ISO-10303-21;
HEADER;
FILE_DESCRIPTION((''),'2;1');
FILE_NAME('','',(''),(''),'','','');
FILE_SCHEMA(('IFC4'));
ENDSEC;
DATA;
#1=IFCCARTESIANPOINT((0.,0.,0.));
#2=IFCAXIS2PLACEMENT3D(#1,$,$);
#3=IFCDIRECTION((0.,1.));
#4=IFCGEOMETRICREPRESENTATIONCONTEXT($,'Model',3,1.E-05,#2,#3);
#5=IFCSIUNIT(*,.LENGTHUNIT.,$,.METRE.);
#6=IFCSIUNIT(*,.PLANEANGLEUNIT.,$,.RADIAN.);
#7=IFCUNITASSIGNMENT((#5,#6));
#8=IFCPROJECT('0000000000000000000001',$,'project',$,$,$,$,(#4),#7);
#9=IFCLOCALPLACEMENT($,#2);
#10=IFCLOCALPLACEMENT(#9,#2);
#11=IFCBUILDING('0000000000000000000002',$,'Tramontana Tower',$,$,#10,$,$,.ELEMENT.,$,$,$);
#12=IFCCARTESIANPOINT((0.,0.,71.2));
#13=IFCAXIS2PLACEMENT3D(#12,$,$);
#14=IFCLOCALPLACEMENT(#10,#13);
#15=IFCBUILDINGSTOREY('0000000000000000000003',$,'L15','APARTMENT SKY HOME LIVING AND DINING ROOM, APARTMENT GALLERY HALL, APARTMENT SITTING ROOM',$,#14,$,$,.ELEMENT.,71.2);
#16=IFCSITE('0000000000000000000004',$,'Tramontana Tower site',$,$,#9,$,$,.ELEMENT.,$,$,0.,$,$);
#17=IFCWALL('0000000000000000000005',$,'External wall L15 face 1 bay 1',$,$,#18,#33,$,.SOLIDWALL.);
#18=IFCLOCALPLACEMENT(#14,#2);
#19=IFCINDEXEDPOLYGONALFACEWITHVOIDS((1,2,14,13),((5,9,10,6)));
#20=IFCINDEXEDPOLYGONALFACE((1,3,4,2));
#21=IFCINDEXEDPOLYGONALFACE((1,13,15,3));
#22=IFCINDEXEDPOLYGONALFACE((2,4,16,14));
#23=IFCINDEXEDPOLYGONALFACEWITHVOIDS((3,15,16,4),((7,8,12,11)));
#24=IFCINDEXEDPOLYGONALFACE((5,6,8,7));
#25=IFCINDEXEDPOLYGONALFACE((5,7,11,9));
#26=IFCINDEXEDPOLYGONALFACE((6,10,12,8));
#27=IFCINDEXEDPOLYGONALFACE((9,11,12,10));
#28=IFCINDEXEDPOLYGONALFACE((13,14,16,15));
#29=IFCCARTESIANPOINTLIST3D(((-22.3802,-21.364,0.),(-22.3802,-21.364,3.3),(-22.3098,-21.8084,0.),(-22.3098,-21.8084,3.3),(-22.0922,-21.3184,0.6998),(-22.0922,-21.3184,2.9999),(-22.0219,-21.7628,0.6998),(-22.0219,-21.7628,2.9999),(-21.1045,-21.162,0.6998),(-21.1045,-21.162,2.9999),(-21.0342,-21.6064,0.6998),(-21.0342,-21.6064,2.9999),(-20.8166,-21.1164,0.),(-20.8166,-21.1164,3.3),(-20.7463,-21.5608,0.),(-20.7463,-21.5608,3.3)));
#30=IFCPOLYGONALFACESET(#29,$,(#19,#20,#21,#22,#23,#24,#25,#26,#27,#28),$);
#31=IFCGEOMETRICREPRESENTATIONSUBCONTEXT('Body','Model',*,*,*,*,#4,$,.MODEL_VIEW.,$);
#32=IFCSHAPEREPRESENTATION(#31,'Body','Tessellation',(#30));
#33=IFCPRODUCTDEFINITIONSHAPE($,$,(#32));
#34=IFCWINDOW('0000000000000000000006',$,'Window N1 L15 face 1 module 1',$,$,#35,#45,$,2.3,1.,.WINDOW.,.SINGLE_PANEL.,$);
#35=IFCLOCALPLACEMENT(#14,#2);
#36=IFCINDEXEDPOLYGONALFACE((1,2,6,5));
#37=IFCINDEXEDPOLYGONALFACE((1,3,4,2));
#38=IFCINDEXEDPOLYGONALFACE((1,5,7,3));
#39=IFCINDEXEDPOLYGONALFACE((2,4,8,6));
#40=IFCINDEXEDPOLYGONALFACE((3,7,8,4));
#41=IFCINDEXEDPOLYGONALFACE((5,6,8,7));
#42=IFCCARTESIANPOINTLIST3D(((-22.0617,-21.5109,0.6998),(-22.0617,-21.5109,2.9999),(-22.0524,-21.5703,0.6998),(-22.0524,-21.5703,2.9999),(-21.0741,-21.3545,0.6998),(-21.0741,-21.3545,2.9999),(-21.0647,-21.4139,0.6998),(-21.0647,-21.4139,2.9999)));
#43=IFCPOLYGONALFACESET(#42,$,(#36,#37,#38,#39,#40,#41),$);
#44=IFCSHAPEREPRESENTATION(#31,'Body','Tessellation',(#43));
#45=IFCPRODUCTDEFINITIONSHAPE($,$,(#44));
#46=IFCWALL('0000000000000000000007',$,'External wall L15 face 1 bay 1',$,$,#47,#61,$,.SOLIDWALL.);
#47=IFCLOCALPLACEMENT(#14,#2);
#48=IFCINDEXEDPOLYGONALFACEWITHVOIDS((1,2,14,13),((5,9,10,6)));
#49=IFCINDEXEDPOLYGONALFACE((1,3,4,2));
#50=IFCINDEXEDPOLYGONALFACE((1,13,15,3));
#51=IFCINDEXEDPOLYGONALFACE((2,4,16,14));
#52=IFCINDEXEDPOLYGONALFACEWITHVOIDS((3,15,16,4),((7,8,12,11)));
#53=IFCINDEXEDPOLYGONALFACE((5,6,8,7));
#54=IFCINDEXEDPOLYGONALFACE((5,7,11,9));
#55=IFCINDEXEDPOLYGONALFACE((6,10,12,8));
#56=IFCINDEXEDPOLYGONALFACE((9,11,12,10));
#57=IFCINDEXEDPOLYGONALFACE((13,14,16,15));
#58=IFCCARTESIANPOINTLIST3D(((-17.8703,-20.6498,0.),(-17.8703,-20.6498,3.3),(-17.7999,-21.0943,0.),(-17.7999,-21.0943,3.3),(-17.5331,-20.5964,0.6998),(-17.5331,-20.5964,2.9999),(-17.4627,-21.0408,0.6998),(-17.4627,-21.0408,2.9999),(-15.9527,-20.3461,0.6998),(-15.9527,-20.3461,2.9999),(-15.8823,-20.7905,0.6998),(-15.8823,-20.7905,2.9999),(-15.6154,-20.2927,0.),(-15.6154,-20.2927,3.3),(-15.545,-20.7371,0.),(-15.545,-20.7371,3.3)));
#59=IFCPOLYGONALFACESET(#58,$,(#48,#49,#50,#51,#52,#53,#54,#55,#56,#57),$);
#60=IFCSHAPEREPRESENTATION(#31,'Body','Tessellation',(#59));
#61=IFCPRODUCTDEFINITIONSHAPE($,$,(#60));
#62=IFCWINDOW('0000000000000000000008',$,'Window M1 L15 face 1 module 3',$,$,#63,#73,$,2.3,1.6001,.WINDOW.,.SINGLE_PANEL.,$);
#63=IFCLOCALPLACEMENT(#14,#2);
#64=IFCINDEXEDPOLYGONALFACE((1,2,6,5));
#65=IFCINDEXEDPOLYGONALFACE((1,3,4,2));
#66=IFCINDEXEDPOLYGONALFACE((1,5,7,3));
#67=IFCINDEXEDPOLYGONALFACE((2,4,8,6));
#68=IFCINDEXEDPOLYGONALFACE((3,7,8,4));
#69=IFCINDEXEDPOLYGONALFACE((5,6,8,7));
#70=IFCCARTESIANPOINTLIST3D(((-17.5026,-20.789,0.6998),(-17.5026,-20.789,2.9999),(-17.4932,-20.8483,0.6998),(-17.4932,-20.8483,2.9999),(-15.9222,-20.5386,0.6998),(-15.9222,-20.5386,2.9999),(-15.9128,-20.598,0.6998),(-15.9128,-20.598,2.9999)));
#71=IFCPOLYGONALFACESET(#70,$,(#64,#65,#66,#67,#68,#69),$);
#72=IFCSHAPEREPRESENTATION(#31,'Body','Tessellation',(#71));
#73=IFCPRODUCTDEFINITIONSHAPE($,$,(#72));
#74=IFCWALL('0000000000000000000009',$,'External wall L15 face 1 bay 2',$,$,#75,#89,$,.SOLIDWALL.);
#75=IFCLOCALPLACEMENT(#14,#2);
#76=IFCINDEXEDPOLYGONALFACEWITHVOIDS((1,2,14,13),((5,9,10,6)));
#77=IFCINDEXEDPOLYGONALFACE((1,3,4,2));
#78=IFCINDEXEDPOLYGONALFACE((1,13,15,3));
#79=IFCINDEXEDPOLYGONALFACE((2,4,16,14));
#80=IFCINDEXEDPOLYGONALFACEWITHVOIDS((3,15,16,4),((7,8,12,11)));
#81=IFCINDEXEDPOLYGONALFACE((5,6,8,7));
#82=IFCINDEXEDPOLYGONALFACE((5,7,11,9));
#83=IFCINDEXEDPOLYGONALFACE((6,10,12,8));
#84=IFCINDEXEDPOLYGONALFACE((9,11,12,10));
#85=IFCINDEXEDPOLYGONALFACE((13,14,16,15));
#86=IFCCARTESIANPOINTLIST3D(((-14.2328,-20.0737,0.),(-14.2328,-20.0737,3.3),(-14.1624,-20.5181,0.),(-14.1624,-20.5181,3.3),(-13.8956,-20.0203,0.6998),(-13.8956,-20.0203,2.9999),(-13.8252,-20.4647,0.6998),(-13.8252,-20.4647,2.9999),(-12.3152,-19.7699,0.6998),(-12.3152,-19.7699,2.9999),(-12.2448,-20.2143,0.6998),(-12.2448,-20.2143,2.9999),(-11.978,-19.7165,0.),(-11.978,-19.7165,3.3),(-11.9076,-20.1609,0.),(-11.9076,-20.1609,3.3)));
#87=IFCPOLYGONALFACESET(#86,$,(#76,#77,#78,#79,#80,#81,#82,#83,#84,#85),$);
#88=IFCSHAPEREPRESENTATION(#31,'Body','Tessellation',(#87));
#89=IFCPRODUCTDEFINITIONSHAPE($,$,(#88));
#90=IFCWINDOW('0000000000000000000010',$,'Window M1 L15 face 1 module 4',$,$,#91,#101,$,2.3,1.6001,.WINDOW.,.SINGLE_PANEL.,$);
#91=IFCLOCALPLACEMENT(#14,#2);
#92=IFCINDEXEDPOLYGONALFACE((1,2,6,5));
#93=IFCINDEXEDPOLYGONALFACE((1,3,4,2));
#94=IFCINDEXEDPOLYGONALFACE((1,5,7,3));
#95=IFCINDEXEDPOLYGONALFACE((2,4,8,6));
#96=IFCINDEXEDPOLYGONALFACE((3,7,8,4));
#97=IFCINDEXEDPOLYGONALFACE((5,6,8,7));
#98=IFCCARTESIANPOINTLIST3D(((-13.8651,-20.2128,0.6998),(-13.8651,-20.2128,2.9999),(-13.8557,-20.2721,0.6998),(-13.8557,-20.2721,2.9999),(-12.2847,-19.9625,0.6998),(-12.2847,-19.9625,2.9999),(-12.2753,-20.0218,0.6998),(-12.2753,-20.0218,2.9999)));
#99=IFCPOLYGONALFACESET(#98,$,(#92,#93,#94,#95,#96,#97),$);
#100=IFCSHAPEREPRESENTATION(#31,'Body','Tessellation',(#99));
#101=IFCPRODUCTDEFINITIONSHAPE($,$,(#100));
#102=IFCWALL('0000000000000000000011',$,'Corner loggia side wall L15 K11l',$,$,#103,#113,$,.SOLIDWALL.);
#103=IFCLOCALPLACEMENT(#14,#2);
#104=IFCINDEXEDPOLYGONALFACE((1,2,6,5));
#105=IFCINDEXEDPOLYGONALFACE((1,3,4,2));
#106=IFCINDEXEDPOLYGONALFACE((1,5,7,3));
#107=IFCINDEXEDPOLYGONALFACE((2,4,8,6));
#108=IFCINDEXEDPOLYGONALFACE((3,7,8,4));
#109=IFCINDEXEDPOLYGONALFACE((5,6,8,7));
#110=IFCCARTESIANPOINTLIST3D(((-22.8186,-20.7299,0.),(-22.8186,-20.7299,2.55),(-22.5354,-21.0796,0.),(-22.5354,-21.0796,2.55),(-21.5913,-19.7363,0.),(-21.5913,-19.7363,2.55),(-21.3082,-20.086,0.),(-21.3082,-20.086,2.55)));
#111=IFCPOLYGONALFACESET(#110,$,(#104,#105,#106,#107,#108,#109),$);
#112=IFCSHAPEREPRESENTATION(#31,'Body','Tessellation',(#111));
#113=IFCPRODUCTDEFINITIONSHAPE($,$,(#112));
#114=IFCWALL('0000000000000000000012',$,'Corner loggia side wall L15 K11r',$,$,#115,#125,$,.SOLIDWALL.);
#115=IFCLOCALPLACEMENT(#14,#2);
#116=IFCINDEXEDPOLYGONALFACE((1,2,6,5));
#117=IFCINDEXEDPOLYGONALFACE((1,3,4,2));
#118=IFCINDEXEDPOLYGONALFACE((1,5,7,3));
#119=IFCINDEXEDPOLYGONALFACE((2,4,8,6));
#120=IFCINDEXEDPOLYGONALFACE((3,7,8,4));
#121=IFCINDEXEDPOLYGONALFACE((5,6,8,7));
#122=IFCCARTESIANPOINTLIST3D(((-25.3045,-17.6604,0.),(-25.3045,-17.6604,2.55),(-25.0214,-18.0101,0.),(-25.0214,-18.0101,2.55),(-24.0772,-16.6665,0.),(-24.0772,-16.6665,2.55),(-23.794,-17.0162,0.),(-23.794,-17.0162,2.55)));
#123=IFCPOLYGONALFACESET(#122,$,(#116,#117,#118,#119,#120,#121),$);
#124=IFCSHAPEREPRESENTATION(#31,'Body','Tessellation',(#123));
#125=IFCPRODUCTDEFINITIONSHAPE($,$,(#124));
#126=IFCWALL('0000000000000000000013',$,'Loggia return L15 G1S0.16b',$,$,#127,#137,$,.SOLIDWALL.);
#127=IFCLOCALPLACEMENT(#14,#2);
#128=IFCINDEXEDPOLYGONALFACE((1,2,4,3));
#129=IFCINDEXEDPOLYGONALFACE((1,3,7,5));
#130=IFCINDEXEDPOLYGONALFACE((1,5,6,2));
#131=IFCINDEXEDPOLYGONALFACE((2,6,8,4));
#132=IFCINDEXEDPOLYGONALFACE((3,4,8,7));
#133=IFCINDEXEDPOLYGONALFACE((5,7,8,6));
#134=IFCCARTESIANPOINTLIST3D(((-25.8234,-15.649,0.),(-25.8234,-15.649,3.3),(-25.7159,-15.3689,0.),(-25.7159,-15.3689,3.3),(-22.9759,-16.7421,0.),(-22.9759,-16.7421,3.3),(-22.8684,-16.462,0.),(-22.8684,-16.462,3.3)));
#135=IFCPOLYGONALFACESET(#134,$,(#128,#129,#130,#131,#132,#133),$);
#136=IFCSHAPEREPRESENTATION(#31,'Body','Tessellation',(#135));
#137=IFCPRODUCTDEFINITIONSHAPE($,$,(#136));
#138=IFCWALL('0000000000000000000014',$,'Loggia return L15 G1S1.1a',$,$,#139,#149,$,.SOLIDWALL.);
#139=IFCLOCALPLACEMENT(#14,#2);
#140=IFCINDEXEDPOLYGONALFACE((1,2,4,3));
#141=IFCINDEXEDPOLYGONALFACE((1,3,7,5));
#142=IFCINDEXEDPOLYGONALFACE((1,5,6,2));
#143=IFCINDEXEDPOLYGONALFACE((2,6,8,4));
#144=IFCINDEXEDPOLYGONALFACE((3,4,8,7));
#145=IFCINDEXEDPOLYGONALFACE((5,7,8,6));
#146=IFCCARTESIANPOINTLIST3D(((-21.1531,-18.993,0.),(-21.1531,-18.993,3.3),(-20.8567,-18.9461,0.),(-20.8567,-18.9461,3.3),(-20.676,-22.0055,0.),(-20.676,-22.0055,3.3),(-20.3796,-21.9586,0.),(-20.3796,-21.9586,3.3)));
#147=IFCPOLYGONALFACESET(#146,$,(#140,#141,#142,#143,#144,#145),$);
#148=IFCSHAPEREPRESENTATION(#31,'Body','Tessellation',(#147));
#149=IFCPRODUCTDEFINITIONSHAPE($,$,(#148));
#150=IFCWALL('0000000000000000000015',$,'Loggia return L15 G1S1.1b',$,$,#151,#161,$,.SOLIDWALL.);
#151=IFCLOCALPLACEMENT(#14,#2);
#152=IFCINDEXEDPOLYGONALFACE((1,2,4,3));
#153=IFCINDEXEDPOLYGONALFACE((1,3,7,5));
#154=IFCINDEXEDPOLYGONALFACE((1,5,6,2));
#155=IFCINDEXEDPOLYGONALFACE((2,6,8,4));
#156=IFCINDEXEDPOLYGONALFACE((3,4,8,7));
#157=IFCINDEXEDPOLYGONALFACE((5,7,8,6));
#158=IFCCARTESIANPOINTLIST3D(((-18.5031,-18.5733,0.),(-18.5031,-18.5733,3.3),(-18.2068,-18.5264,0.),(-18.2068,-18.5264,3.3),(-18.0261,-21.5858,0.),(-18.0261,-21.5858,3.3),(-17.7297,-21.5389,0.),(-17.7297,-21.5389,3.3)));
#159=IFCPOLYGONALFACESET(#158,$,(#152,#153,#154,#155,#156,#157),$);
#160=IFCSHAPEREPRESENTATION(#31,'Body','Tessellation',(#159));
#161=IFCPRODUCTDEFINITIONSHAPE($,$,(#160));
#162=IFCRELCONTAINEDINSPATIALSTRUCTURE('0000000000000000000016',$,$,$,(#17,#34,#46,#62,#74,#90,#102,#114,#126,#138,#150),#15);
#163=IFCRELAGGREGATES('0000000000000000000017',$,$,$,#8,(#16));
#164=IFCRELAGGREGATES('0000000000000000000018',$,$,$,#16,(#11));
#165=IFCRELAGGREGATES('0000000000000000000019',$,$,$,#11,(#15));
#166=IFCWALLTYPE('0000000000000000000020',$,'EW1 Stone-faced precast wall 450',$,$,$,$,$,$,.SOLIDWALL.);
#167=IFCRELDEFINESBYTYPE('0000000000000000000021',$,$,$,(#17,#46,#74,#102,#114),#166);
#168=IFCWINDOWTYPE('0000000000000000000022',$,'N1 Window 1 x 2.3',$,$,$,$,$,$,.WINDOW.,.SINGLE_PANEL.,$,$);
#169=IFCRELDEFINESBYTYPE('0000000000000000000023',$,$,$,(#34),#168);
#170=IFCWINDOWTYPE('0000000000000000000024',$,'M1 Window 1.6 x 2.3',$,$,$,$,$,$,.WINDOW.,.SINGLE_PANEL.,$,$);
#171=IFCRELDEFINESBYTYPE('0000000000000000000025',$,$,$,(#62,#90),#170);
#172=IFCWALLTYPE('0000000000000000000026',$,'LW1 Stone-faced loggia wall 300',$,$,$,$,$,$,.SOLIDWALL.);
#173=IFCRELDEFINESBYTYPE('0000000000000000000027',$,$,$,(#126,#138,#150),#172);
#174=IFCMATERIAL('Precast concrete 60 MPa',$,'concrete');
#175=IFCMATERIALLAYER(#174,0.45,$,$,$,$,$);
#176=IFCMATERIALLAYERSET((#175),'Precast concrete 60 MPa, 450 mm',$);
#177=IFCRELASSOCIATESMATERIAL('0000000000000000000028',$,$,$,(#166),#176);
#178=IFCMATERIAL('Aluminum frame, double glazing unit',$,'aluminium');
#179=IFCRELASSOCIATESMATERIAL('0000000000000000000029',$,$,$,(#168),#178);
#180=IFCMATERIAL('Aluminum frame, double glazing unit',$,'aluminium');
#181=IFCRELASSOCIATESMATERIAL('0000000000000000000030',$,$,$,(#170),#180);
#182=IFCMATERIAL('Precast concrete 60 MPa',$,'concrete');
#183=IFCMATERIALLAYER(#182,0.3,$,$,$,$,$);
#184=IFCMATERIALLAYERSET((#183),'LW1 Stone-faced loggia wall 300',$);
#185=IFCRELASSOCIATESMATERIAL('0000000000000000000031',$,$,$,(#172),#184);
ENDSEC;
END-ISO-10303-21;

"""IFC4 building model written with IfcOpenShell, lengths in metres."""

from ifc_helpers import new_model, si_unit, direction, frame, frame_2d, origin, place, context, subcontext, project, spatial, rectangle, extrude, material, layer, layer_set, type_object, element, fill, save


model = new_model("IFC4")

# Units and contexts
model_context = context("Model", 3, precision=1e-05, world=origin(), true_north=direction((0.0, 1.0)))
body_context = subcontext(model_context, "Body", "Model", "MODEL_VIEW")
ifc_project = project(units=[si_unit("LENGTHUNIT", "METRE"), si_unit("PLANEANGLEUNIT", "RADIAN")], contexts=[model_context])

# Site, building, storey
site_placement = place(None, origin())
site = spatial("IfcSite", under=ifc_project, at=site_placement, Name="Tramontana Tower site", CompositionType="ELEMENT", RefElevation=0.0)
building_placement = place(site_placement, origin())
building = spatial("IfcBuilding", under=site, at=building_placement, Name="Tramontana Tower", CompositionType="ELEMENT")
storey_placement = place(building_placement, frame((0.0, 0.0, 71.2)))
storey = spatial("IfcBuildingStorey", under=building, at=storey_placement, Name="L15", Description="APARTMENT SKY HOME LIVING AND DINING ROOM, APARTMENT GALLERY HALL, APARTMENT SITTING ROOM", CompositionType="ELEMENT", Elevation=71.2)

# Walls, openings, windows
ifc_material_1 = material(Name="Precast concrete 60 MPa", Category="concrete")
ifc_layer_1 = layer(ifc_material_1, 0.45)
ifc_layer_set_1 = layer_set([ifc_layer_1], Name="Precast concrete 60 MPa, 450 mm")
wall_type_1 = type_object("IfcWallType", Name="EW1 Stone-faced precast wall 450", PredefinedType="SOLIDWALL", material=ifc_layer_set_1)
ifc_material_2 = material(Name="Aluminum frame, double glazing unit", Category="aluminium")
window_type_1 = type_object("IfcWindowType", Name="N1 Window 1 x 2.3", PartitioningType="SINGLE_PANEL", PredefinedType="WINDOW", material=ifc_material_2)
wall_1_placement = place(storey_placement, frame((-22.345, -21.5862, 0.0), z_axis=(0.0, 0.0, 1.0), x_axis=(0.987695, 0.15639, 0.0)))
wall_1 = element("IfcWall", 1, at=wall_1_placement, inside=storey, type_object=wall_type_1, Name="External wall L15 face 1 bay 1", PredefinedType="SOLIDWALL", context=body_context, shape_type="SweptSolid", body=[
    extrude(rectangle(XDim=1.583, YDim=0.45, at=frame_2d((0.7915, 0.0))), origin(), (0.0, 0.0, 1.0), 3.3),
])
opening_1_placement = place(wall_1_placement, frame((0.2915, 0.0, 0.7)))
opening_1 = element("IfcOpeningElement", 2, at=opening_1_placement, cuts=wall_1, PredefinedType="OPENING", context=body_context, shape_type="SweptSolid", body=[
    extrude(rectangle(XDim=1.0, YDim=2.3, at=frame_2d((0.5, 1.1499))), frame((0.0, 0.2349, 0.0), z_axis=(0.0, -1.0, 0.0), x_axis=(1.0, 0.0, 0.0)), (0.0, 0.0, 1.0), 0.47),
])
window_1_placement = place(opening_1_placement, origin())
window_1 = element("IfcWindow", 3, at=window_1_placement, inside=storey, type_object=window_type_1, Name="Window N1 L15 face 1 module 1", OverallHeight=2.3, OverallWidth=1.0, PartitioningType="SINGLE_PANEL", PredefinedType="WINDOW", context=body_context, shape_type="SweptSolid", body=[
    extrude(rectangle(XDim=1.0, YDim=2.3, at=frame_2d((0.5, 1.1499))), frame((0.0, 0.03, 0.0), z_axis=(0.0, -1.0, 0.0), x_axis=(1.0, 0.0, 0.0)), (0.0, 0.0, 1.0), 0.0601),
])
fill(opening_1, window_1)
wall_2_placement = place(storey_placement, frame((-17.8352, -20.8721, 0.0), z_axis=(0.0, 0.0, 1.0), x_axis=(0.987686, 0.156451, 0.0)))
wall_2 = element("IfcWall", 4, at=wall_2_placement, inside=storey, type_object=wall_type_1, Name="External wall L15 face 1 bay 1", PredefinedType="SOLIDWALL", context=body_context, shape_type="SweptSolid", body=[
    extrude(rectangle(XDim=2.283, YDim=0.45, at=frame_2d((1.1416, 0.0))), origin(), (0.0, 0.0, 1.0), 3.3),
])
opening_2_placement = place(wall_2_placement, frame((0.3416, 0.0, 0.7)))
opening_2 = element("IfcOpeningElement", 5, at=opening_2_placement, cuts=wall_2, PredefinedType="OPENING", context=body_context, shape_type="SweptSolid", body=[
    extrude(rectangle(XDim=1.6001, YDim=2.3, at=frame_2d((0.8, 1.1499))), frame((0.0, 0.2349, 0.0), z_axis=(0.0, -1.0, 0.0), x_axis=(1.0, 0.0, 0.0)), (0.0, 0.0, 1.0), 0.47),
])
ifc_material_3 = material(Name="Aluminum frame, double glazing unit", Category="aluminium")
window_type_2 = type_object("IfcWindowType", Name="M1 Window 1.6 x 2.3", PartitioningType="SINGLE_PANEL", PredefinedType="WINDOW", material=ifc_material_3)
window_2_placement = place(opening_2_placement, origin())
window_2 = element("IfcWindow", 6, at=window_2_placement, inside=storey, type_object=window_type_2, Name="Window M1 L15 face 1 module 3", OverallHeight=2.3, OverallWidth=1.6001, PartitioningType="SINGLE_PANEL", PredefinedType="WINDOW", context=body_context, shape_type="SweptSolid", body=[
    extrude(rectangle(XDim=1.6001, YDim=2.3, at=frame_2d((0.8, 1.1499))), frame((0.0, 0.03, 0.0), z_axis=(0.0, -1.0, 0.0), x_axis=(1.0, 0.0, 0.0)), (0.0, 0.0, 1.0), 0.0601),
])
fill(opening_2, window_2)
wall_3_placement = place(storey_placement, frame((-14.1978, -20.2959, 0.0), z_axis=(0.0, 0.0, 1.0), x_axis=(0.987686, 0.156451, 0.0)))
wall_3 = element("IfcWall", 7, at=wall_3_placement, inside=storey, type_object=wall_type_1, Name="External wall L15 face 1 bay 2", PredefinedType="SOLIDWALL", context=body_context, shape_type="SweptSolid", body=[
    extrude(rectangle(XDim=2.283, YDim=0.45, at=frame_2d((1.1416, 0.0))), origin(), (0.0, 0.0, 1.0), 3.3),
])
opening_3_placement = place(wall_3_placement, frame((0.3416, 0.0, 0.7)))
opening_3 = element("IfcOpeningElement", 8, at=opening_3_placement, cuts=wall_3, PredefinedType="OPENING", context=body_context, shape_type="SweptSolid", body=[
    extrude(rectangle(XDim=1.6001, YDim=2.3, at=frame_2d((0.8, 1.1499))), frame((0.0, 0.2349, 0.0), z_axis=(0.0, -1.0, 0.0), x_axis=(1.0, 0.0, 0.0)), (0.0, 0.0, 1.0), 0.47),
])
window_3_placement = place(opening_3_placement, origin())
window_3 = element("IfcWindow", 9, at=window_3_placement, inside=storey, type_object=window_type_2, Name="Window M1 L15 face 1 module 4", OverallHeight=2.3, OverallWidth=1.6001, PartitioningType="SINGLE_PANEL", PredefinedType="WINDOW", context=body_context, shape_type="SweptSolid", body=[
    extrude(rectangle(XDim=1.6001, YDim=2.3, at=frame_2d((0.8, 1.1499))), frame((0.0, 0.03, 0.0), z_axis=(0.0, -1.0, 0.0), x_axis=(1.0, 0.0, 0.0)), (0.0, 0.0, 1.0), 0.0601),
])
fill(opening_3, window_3)

# Walls
wall_4_placement = place(storey_placement, frame((-22.677, -20.9048, 0.0), z_axis=(0.0, 0.0, 1.0), x_axis=(0.777205, 0.629247, 0.0)))
element("IfcWall", 10, at=wall_4_placement, inside=storey, type_object=wall_type_1, Name="Corner loggia side wall L15 K11l", PredefinedType="SOLIDWALL", context=body_context, shape_type="SweptSolid", body=[
    extrude(rectangle(XDim=1.5791, YDim=0.45, at=frame_2d((0.7896, 0.0))), origin(), (0.0, 0.0, 1.0), 2.55),
])
wall_5_placement = place(storey_placement, frame((-25.1628, -17.8352, 0.0), z_axis=(0.0, 0.0, 1.0), x_axis=(0.77713, 0.629341, 0.0)))
element("IfcWall", 11, at=wall_5_placement, inside=storey, type_object=wall_type_1, Name="Corner loggia side wall L15 K11r", PredefinedType="SOLIDWALL", context=body_context, shape_type="SweptSolid", body=[
    extrude(rectangle(XDim=1.5793, YDim=0.45, at=frame_2d((0.7896, 0.0))), origin(), (0.0, 0.0, 1.0), 2.55),
])

# Wall
ifc_material_4 = material(Name="Precast concrete 60 MPa", Category="concrete")
ifc_layer_2 = layer(ifc_material_4, 0.3)
ifc_layer_set_2 = layer_set([ifc_layer_2], Name="LW1 Stone-faced loggia wall 300")
wall_type_2 = type_object("IfcWallType", Name="LW1 Stone-faced loggia wall 300", PredefinedType="SOLIDWALL", material=ifc_layer_set_2)
wall_6_placement = place(storey_placement, frame((-25.7695, -15.509, 0.0), z_axis=(0.0, 0.0, 1.0), x_axis=(0.933581, -0.358368, 0.0)))
element("IfcWall", 12, at=wall_6_placement, inside=storey, type_object=wall_type_2, Name="Loggia return L15 G1S0.16b", PredefinedType="SOLIDWALL", context=body_context, shape_type="SweptSolid", body=[
    extrude(rectangle(XDim=3.05, YDim=0.3, at=frame_2d((1.5249, 0.0))), origin(), (0.0, 0.0, 1.0), 3.3),
])

# Walls
for number, where, z_axis, x_axis, name in (
    (13, (-20.5278, -21.9819, 0.0), (0.0, 0.0, 1.0), (-0.156411, 0.987692, 0.0), "Loggia return L15 G1S1.1a"),
    (14, (-17.8779, -21.5623, 0.0), (0.0, 0.0, 1.0), (-0.156411, 0.987692, 0.0), "Loggia return L15 G1S1.1b"),
):
    element("IfcWall", number, at=place(storey_placement, frame(where, z_axis=z_axis, x_axis=x_axis)), inside=storey, type_object=wall_type_2, Name=name, PredefinedType="SOLIDWALL", context=body_context, shape_type="SweptSolid", body=[
        extrude(rectangle(XDim=3.05, YDim=0.3, at=frame_2d((1.5249, 0.0))), origin(), (0.0, 0.0, 1.0), 3.3),
    ])

save(model, "model.ifc")
